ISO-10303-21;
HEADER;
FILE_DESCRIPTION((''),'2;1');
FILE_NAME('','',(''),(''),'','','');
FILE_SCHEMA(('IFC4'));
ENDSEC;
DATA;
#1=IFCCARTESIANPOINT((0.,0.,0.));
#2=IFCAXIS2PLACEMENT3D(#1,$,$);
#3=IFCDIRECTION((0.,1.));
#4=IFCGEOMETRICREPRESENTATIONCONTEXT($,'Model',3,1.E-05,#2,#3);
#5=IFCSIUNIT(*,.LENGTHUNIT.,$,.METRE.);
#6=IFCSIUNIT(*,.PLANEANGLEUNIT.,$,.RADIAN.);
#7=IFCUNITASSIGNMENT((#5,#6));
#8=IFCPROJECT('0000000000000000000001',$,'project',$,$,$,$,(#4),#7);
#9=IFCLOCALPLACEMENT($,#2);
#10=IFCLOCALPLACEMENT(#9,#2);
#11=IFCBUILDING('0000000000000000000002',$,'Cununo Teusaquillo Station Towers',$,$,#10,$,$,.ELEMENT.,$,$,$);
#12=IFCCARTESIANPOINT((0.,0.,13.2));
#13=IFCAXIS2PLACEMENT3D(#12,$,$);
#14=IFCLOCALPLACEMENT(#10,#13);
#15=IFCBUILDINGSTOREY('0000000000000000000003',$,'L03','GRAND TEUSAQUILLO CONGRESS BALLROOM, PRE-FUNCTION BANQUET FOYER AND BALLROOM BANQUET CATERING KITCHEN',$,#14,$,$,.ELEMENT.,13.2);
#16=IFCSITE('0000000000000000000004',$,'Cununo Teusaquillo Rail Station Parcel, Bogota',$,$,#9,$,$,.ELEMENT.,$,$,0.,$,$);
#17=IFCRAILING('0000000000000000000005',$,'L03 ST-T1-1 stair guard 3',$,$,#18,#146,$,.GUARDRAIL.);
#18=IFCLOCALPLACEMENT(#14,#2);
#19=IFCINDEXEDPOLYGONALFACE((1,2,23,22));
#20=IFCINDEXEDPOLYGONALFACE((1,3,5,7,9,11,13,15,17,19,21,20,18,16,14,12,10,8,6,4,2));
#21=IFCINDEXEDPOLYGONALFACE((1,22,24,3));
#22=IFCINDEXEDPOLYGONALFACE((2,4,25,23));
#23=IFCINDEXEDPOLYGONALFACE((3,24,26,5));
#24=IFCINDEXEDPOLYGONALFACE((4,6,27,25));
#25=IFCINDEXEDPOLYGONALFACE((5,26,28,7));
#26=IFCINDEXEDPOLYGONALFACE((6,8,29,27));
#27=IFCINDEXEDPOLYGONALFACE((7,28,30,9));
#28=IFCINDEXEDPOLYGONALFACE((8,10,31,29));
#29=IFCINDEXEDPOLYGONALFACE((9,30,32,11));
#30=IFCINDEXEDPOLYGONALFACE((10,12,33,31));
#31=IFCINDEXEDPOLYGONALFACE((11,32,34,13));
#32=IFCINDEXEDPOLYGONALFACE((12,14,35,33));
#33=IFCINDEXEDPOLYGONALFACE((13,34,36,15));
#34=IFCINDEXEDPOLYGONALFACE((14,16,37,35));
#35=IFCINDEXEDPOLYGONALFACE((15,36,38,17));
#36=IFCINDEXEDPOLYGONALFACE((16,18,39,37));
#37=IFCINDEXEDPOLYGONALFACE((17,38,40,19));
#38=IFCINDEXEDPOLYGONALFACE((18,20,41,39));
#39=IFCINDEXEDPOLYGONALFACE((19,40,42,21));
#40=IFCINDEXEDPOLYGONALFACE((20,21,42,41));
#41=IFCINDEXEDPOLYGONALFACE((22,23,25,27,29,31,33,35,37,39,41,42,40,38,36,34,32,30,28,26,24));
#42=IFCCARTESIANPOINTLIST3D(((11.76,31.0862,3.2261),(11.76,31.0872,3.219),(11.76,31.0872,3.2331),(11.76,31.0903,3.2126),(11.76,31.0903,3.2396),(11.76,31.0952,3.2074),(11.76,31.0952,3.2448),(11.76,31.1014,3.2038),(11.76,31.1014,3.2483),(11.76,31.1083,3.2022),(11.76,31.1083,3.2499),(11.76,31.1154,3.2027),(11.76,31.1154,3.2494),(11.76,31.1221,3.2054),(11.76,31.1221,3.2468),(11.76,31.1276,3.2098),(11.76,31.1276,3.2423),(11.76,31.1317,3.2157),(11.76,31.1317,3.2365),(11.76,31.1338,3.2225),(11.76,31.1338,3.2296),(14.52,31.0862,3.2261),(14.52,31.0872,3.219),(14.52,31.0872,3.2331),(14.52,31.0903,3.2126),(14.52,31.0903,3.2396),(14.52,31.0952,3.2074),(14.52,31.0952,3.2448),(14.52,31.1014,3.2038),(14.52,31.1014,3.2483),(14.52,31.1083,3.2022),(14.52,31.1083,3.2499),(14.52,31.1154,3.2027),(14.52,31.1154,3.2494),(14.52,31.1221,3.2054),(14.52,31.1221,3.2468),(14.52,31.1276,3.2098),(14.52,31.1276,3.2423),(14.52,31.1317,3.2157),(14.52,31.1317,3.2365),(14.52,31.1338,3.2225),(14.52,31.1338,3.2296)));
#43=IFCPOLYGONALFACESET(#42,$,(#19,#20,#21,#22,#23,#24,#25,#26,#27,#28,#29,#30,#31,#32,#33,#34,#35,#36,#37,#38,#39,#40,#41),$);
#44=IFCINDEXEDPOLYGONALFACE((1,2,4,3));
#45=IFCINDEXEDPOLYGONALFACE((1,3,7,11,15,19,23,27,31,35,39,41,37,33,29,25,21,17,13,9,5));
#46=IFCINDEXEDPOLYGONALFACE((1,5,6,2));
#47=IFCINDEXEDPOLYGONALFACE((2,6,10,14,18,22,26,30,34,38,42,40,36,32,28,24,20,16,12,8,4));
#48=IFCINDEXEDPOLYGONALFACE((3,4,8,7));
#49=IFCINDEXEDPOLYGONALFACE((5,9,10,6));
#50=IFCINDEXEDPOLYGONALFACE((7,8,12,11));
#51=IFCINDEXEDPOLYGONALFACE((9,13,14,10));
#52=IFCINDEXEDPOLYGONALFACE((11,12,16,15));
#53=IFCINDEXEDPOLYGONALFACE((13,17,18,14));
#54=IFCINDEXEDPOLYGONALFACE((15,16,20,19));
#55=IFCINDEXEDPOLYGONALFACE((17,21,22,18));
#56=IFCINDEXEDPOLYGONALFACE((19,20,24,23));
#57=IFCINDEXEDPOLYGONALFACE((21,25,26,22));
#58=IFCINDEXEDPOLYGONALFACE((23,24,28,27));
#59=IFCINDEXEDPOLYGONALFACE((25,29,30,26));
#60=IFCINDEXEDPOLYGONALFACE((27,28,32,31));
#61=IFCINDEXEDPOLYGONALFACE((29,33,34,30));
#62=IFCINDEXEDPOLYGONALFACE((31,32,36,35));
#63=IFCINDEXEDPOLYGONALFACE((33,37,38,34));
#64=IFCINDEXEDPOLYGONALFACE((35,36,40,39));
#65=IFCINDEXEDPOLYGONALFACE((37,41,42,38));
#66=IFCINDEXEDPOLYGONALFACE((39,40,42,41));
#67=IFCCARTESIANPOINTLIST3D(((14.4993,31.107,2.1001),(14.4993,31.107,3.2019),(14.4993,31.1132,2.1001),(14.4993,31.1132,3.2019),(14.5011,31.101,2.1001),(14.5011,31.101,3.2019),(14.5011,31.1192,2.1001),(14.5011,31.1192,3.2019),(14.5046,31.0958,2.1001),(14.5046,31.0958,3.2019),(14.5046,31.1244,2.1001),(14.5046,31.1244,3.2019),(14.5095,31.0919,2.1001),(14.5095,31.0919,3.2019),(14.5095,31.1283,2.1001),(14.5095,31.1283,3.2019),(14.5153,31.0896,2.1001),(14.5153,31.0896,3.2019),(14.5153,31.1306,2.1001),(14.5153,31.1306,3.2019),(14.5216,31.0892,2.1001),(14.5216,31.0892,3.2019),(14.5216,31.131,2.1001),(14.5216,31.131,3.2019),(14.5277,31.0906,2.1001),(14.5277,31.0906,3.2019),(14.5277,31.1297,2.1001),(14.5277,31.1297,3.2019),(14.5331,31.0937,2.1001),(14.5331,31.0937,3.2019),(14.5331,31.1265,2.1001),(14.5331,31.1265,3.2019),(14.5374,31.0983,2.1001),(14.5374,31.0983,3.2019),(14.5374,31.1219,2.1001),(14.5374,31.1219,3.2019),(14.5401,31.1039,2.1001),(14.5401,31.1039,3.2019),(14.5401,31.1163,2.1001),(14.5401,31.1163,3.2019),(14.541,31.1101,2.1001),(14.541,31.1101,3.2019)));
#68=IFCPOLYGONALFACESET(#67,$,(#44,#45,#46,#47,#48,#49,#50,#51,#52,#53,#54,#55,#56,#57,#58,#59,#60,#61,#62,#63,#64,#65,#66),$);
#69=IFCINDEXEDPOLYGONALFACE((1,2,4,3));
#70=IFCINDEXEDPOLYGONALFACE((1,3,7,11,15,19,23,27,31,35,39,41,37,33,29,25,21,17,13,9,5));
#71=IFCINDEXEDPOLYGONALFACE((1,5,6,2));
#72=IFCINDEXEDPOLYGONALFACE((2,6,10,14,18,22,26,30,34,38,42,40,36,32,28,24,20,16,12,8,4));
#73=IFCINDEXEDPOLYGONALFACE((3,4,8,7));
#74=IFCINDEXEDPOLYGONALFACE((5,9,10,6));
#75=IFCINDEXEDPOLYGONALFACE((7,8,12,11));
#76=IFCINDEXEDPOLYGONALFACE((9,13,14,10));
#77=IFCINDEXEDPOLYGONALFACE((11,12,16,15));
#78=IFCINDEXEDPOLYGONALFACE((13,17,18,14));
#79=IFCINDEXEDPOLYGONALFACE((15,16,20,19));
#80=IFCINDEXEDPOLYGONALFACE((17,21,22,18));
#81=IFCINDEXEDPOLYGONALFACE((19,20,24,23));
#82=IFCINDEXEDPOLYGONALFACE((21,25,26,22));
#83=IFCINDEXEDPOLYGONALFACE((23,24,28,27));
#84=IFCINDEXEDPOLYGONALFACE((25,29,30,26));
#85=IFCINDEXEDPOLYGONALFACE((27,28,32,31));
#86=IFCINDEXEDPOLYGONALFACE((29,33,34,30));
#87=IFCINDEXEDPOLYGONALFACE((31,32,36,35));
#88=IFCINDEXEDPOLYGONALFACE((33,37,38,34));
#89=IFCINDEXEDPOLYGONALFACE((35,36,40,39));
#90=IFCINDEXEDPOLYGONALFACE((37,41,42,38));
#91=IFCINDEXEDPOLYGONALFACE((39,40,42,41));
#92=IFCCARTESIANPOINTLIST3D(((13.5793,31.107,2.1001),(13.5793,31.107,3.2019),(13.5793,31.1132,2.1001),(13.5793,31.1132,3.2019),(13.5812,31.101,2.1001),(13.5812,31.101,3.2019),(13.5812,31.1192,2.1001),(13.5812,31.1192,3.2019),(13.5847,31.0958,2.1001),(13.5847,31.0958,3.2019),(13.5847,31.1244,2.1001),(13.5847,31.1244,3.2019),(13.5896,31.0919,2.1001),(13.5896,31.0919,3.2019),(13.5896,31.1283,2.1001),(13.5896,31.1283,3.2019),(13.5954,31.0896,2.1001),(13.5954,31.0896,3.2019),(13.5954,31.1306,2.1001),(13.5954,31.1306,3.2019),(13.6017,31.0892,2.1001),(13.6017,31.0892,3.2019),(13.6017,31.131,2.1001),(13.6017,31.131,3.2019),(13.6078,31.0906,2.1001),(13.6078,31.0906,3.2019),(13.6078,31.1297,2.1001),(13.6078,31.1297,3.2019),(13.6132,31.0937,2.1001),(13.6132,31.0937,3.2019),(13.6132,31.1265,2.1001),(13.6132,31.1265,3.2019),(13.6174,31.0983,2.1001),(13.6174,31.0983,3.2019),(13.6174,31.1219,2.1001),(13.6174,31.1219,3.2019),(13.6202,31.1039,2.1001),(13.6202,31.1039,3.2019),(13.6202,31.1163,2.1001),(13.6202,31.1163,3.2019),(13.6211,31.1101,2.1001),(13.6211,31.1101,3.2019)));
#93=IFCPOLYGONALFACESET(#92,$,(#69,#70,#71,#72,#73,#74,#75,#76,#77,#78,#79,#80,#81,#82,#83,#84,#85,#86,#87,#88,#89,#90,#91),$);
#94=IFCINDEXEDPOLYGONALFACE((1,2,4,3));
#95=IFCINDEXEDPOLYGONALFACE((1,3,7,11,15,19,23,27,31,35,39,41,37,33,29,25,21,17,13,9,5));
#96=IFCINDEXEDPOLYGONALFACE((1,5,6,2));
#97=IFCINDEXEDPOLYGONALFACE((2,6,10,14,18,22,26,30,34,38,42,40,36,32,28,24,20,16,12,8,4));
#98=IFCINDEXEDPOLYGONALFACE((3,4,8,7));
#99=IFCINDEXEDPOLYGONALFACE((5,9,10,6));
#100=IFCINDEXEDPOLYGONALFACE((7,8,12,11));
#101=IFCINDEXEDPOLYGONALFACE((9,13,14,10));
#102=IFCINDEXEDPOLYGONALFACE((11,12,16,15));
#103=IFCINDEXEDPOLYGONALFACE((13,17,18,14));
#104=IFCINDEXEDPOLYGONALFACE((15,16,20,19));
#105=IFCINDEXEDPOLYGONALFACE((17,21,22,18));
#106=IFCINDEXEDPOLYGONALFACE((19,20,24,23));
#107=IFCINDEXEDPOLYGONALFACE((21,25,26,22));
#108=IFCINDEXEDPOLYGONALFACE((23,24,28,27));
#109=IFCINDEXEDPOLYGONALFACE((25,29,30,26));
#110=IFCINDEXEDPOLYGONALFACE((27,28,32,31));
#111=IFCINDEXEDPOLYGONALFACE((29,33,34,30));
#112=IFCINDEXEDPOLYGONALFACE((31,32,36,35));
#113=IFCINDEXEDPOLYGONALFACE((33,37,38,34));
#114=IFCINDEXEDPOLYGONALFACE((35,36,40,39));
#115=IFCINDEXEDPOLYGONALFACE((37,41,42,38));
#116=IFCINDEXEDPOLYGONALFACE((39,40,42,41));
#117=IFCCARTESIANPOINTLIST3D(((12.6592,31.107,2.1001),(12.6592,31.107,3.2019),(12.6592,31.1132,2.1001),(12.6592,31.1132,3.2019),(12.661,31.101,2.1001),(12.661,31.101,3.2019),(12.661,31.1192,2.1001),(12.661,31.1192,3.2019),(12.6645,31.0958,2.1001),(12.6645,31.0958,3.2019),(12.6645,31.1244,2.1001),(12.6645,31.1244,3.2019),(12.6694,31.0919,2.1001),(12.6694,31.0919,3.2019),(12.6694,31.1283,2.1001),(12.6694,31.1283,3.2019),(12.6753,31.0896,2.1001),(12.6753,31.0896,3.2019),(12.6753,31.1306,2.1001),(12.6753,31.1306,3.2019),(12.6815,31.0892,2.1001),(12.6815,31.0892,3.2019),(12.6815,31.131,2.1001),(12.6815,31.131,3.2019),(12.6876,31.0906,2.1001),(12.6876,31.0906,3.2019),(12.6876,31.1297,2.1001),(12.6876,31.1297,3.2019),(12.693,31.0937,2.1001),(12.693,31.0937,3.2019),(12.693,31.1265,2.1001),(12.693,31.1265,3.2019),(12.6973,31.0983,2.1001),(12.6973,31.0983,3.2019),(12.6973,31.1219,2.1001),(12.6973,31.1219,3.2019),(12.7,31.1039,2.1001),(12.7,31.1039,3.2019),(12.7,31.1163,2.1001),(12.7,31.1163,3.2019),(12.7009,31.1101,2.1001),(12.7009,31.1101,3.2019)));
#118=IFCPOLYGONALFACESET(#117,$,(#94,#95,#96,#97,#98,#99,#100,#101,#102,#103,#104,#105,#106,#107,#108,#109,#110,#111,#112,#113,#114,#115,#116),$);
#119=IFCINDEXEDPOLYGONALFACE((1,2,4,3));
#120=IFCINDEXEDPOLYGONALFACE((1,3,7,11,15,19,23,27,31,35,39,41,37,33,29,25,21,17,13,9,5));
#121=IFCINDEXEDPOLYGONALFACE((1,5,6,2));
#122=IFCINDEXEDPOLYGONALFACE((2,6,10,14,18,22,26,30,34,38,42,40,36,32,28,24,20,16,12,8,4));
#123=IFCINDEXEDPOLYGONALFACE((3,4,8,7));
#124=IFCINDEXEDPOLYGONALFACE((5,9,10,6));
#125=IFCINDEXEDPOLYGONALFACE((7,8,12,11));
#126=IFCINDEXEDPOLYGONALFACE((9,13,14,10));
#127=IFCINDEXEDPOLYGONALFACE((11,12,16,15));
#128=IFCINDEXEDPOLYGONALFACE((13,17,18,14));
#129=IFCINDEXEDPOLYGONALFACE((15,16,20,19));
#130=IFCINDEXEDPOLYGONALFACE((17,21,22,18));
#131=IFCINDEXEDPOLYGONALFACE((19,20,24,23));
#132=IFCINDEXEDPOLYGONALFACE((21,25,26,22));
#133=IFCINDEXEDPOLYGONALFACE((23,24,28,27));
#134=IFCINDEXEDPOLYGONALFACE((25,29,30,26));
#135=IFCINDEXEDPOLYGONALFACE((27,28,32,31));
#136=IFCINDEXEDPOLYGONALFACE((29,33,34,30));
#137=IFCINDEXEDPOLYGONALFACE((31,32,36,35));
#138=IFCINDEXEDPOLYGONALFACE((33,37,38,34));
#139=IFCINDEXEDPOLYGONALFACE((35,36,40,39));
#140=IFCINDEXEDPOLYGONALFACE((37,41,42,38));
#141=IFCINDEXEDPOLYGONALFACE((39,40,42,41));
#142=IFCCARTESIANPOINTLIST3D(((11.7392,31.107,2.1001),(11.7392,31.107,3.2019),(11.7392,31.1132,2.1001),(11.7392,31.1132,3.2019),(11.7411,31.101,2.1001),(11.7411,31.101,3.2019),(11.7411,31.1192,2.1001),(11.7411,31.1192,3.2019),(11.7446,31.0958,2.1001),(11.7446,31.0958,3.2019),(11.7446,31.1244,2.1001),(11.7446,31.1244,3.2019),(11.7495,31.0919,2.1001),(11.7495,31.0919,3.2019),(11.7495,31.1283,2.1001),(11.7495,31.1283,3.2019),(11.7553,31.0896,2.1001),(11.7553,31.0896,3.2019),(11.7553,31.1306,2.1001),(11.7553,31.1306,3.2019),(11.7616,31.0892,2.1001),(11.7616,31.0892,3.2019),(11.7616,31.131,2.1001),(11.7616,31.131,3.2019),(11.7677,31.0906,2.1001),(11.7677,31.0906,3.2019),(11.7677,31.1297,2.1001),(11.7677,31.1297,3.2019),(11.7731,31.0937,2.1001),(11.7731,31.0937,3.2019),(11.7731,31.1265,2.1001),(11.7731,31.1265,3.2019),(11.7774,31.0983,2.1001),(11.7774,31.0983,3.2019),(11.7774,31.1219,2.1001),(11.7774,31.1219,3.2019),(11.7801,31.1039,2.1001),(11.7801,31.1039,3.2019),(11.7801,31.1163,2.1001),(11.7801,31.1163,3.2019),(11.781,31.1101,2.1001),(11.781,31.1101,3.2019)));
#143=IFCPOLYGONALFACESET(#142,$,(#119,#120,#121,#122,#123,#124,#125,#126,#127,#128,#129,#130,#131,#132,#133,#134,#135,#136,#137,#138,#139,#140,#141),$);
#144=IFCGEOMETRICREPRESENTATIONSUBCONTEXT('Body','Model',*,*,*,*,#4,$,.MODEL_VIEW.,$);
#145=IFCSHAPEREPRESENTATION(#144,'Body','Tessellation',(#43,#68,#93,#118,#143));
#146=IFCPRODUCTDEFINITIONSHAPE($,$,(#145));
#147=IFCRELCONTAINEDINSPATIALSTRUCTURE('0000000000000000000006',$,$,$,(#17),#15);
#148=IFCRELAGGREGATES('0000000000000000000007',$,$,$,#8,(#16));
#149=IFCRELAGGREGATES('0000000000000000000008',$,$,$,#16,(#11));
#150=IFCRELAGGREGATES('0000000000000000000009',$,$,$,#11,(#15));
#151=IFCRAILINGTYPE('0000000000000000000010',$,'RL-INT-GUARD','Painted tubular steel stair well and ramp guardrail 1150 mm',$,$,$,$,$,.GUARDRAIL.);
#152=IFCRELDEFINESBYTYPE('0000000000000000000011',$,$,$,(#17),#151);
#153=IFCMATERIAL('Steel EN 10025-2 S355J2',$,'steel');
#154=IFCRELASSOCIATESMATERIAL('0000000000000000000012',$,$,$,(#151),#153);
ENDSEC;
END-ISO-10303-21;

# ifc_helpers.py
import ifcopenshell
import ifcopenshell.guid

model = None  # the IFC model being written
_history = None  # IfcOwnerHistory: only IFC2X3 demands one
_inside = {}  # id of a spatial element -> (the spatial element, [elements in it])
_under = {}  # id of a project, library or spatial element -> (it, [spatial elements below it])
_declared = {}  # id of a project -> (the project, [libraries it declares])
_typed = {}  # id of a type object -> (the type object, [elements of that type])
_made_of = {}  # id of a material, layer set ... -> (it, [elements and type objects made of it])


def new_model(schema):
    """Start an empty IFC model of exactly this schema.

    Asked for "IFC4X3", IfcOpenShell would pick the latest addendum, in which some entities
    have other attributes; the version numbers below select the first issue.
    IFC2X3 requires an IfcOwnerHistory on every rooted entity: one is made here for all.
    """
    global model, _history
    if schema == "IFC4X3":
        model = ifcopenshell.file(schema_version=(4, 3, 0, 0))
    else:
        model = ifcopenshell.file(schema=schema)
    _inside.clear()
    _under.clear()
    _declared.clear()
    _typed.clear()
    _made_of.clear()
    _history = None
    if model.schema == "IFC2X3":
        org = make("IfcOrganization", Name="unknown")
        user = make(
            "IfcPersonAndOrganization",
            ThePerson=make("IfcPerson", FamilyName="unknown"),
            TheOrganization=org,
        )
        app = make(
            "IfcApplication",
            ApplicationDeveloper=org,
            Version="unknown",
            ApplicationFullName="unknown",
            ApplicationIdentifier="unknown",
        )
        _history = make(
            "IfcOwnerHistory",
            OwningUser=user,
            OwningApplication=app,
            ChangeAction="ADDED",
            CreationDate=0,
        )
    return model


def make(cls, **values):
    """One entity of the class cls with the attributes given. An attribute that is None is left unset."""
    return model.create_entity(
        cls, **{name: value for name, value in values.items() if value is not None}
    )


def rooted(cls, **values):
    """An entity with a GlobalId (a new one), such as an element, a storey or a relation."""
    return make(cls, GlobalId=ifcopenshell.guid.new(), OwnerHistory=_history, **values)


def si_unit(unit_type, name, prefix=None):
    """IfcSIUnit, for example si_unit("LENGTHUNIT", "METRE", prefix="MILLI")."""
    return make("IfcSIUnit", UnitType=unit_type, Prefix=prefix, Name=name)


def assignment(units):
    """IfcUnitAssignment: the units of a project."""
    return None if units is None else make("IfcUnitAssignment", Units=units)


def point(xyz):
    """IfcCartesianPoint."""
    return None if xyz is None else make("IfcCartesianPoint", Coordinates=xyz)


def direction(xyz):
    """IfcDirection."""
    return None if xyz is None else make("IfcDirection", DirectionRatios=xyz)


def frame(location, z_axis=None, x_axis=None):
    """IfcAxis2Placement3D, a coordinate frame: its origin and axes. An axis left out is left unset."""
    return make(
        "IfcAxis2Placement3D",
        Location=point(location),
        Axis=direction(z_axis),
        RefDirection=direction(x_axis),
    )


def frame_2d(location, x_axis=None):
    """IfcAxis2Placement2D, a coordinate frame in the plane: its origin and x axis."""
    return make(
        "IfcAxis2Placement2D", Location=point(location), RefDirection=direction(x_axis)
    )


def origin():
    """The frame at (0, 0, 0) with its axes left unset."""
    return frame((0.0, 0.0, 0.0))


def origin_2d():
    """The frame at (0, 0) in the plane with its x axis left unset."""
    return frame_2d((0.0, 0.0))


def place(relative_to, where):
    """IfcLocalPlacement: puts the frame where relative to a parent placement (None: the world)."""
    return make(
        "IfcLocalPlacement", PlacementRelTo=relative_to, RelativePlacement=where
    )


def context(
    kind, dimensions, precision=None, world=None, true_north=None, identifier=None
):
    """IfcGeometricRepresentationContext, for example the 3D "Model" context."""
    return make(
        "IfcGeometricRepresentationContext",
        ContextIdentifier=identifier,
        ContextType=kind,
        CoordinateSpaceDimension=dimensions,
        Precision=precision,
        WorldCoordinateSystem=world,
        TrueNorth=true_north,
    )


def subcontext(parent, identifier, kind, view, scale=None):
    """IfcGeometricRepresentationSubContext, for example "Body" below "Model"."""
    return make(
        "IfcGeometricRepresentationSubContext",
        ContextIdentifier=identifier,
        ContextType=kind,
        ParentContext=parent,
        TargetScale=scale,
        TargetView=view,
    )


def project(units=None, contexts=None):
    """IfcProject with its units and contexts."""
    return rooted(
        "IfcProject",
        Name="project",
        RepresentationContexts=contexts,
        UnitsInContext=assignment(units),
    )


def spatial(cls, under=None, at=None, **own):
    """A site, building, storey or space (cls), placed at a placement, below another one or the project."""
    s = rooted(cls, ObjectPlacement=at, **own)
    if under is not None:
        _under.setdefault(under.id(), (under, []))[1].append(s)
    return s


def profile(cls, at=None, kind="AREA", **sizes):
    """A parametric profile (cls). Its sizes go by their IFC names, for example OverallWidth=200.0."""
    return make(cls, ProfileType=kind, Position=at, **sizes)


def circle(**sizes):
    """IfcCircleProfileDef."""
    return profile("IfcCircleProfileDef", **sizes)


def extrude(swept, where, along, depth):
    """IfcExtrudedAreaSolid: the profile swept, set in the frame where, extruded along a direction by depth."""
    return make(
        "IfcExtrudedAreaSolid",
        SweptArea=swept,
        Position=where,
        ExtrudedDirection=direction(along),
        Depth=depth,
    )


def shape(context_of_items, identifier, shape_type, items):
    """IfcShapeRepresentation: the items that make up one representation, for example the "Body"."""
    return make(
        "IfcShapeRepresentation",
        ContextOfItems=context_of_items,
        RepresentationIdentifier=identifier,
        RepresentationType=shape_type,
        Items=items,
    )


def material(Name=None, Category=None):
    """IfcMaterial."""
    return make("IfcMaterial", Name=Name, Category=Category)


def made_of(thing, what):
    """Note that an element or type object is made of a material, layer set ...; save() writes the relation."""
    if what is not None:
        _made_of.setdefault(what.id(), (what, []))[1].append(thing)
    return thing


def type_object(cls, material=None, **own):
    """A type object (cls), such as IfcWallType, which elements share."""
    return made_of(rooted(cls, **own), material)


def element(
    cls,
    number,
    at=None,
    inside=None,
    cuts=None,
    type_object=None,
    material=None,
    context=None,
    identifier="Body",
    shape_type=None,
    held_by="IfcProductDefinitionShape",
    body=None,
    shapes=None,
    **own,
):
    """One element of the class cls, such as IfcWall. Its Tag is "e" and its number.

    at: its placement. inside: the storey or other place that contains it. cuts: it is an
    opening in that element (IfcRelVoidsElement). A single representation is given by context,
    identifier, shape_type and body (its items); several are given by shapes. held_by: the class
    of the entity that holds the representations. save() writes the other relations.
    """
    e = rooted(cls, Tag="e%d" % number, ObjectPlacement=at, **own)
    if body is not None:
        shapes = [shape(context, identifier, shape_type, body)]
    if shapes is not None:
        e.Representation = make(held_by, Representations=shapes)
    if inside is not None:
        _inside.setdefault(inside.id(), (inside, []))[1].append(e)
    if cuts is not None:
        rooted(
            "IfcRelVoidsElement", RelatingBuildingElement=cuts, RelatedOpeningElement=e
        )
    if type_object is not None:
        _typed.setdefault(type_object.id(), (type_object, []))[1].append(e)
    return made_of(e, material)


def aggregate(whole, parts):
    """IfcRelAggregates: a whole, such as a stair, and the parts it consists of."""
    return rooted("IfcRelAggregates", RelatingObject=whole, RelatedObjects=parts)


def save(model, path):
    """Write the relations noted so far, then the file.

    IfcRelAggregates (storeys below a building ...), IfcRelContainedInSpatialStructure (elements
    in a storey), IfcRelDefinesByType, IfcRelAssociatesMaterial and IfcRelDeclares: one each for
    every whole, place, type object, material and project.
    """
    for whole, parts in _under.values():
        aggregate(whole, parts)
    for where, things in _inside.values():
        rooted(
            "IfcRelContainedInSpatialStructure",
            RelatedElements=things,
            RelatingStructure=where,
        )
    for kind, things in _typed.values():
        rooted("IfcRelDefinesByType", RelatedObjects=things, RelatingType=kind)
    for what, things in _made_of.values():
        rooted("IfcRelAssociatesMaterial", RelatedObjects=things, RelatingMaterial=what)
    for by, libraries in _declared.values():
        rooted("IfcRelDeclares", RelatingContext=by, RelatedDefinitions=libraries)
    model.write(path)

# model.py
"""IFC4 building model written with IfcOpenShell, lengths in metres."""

from ifc_helpers import new_model, si_unit, direction, frame, origin, origin_2d, place, context, subcontext, project, spatial, circle, extrude, material, type_object, element, save


model = new_model("IFC4")

# Units and contexts
model_context = context("Model", 3, precision=1e-05, world=origin(), true_north=direction((0.0, 1.0)))
body_context = subcontext(model_context, "Body", "Model", "MODEL_VIEW")
ifc_project = project(units=[si_unit("LENGTHUNIT", "METRE"), si_unit("PLANEANGLEUNIT", "RADIAN")], contexts=[model_context])

# Site, building, storey
site_placement = place(None, origin())
site = spatial("IfcSite", under=ifc_project, at=site_placement, Name="Cununo Teusaquillo Rail Station Parcel, Bogota", CompositionType="ELEMENT", RefElevation=0.0)
building_placement = place(site_placement, origin())
building = spatial("IfcBuilding", under=site, at=building_placement, Name="Cununo Teusaquillo Station Towers", CompositionType="ELEMENT")
storey_placement = place(building_placement, frame((0.0, 0.0, 13.2)))
storey = spatial("IfcBuildingStorey", under=building, at=storey_placement, Name="L03", Description="GRAND TEUSAQUILLO CONGRESS BALLROOM, PRE-FUNCTION BANQUET FOYER AND BALLROOM BANQUET CATERING KITCHEN", CompositionType="ELEMENT", Elevation=13.2)

# Railing
ifc_material_1 = material(Name="Steel EN 10025-2 S355J2", Category="steel")
railing_type_1 = type_object("IfcRailingType", Name="RL-INT-GUARD", Description="Painted tubular steel stair well and ramp guardrail 1150 mm", PredefinedType="GUARDRAIL", material=ifc_material_1)
railing_1_placement = place(storey_placement, frame((14.52, 31.1101, 2.1001)))
element("IfcRailing", 1, at=railing_1_placement, inside=storey, type_object=railing_type_1, Name="L03 ST-T1-1 stair guard 3", PredefinedType="GUARDRAIL", context=body_context, shape_type="SweptSolid", body=[
    extrude(circle(Radius=0.0239, at=origin_2d()), frame((0.0, 0.0, 1.126), z_axis=(-1.0, 0.0, 0.0), x_axis=(0.0, -1.0, 0.0)), (0.0, 0.0, 1.0), 2.76),
    extrude(circle(Radius=0.021, at=origin_2d()), origin(), (0.0, 0.0, 1.0), 1.1018),
    extrude(circle(Radius=0.021, at=origin_2d()), frame((-0.9199, 0.0, 0.0)), (0.0, 0.0, 1.0), 1.1018),
    extrude(circle(Radius=0.021, at=origin_2d()), frame((-1.8401, 0.0, 0.0)), (0.0, 0.0, 1.0), 1.1018),
    extrude(circle(Radius=0.021, at=origin_2d()), frame((-2.76, 0.0, 0.0)), (0.0, 0.0, 1.0), 1.1018),
])

save(model, "model.ifc")
